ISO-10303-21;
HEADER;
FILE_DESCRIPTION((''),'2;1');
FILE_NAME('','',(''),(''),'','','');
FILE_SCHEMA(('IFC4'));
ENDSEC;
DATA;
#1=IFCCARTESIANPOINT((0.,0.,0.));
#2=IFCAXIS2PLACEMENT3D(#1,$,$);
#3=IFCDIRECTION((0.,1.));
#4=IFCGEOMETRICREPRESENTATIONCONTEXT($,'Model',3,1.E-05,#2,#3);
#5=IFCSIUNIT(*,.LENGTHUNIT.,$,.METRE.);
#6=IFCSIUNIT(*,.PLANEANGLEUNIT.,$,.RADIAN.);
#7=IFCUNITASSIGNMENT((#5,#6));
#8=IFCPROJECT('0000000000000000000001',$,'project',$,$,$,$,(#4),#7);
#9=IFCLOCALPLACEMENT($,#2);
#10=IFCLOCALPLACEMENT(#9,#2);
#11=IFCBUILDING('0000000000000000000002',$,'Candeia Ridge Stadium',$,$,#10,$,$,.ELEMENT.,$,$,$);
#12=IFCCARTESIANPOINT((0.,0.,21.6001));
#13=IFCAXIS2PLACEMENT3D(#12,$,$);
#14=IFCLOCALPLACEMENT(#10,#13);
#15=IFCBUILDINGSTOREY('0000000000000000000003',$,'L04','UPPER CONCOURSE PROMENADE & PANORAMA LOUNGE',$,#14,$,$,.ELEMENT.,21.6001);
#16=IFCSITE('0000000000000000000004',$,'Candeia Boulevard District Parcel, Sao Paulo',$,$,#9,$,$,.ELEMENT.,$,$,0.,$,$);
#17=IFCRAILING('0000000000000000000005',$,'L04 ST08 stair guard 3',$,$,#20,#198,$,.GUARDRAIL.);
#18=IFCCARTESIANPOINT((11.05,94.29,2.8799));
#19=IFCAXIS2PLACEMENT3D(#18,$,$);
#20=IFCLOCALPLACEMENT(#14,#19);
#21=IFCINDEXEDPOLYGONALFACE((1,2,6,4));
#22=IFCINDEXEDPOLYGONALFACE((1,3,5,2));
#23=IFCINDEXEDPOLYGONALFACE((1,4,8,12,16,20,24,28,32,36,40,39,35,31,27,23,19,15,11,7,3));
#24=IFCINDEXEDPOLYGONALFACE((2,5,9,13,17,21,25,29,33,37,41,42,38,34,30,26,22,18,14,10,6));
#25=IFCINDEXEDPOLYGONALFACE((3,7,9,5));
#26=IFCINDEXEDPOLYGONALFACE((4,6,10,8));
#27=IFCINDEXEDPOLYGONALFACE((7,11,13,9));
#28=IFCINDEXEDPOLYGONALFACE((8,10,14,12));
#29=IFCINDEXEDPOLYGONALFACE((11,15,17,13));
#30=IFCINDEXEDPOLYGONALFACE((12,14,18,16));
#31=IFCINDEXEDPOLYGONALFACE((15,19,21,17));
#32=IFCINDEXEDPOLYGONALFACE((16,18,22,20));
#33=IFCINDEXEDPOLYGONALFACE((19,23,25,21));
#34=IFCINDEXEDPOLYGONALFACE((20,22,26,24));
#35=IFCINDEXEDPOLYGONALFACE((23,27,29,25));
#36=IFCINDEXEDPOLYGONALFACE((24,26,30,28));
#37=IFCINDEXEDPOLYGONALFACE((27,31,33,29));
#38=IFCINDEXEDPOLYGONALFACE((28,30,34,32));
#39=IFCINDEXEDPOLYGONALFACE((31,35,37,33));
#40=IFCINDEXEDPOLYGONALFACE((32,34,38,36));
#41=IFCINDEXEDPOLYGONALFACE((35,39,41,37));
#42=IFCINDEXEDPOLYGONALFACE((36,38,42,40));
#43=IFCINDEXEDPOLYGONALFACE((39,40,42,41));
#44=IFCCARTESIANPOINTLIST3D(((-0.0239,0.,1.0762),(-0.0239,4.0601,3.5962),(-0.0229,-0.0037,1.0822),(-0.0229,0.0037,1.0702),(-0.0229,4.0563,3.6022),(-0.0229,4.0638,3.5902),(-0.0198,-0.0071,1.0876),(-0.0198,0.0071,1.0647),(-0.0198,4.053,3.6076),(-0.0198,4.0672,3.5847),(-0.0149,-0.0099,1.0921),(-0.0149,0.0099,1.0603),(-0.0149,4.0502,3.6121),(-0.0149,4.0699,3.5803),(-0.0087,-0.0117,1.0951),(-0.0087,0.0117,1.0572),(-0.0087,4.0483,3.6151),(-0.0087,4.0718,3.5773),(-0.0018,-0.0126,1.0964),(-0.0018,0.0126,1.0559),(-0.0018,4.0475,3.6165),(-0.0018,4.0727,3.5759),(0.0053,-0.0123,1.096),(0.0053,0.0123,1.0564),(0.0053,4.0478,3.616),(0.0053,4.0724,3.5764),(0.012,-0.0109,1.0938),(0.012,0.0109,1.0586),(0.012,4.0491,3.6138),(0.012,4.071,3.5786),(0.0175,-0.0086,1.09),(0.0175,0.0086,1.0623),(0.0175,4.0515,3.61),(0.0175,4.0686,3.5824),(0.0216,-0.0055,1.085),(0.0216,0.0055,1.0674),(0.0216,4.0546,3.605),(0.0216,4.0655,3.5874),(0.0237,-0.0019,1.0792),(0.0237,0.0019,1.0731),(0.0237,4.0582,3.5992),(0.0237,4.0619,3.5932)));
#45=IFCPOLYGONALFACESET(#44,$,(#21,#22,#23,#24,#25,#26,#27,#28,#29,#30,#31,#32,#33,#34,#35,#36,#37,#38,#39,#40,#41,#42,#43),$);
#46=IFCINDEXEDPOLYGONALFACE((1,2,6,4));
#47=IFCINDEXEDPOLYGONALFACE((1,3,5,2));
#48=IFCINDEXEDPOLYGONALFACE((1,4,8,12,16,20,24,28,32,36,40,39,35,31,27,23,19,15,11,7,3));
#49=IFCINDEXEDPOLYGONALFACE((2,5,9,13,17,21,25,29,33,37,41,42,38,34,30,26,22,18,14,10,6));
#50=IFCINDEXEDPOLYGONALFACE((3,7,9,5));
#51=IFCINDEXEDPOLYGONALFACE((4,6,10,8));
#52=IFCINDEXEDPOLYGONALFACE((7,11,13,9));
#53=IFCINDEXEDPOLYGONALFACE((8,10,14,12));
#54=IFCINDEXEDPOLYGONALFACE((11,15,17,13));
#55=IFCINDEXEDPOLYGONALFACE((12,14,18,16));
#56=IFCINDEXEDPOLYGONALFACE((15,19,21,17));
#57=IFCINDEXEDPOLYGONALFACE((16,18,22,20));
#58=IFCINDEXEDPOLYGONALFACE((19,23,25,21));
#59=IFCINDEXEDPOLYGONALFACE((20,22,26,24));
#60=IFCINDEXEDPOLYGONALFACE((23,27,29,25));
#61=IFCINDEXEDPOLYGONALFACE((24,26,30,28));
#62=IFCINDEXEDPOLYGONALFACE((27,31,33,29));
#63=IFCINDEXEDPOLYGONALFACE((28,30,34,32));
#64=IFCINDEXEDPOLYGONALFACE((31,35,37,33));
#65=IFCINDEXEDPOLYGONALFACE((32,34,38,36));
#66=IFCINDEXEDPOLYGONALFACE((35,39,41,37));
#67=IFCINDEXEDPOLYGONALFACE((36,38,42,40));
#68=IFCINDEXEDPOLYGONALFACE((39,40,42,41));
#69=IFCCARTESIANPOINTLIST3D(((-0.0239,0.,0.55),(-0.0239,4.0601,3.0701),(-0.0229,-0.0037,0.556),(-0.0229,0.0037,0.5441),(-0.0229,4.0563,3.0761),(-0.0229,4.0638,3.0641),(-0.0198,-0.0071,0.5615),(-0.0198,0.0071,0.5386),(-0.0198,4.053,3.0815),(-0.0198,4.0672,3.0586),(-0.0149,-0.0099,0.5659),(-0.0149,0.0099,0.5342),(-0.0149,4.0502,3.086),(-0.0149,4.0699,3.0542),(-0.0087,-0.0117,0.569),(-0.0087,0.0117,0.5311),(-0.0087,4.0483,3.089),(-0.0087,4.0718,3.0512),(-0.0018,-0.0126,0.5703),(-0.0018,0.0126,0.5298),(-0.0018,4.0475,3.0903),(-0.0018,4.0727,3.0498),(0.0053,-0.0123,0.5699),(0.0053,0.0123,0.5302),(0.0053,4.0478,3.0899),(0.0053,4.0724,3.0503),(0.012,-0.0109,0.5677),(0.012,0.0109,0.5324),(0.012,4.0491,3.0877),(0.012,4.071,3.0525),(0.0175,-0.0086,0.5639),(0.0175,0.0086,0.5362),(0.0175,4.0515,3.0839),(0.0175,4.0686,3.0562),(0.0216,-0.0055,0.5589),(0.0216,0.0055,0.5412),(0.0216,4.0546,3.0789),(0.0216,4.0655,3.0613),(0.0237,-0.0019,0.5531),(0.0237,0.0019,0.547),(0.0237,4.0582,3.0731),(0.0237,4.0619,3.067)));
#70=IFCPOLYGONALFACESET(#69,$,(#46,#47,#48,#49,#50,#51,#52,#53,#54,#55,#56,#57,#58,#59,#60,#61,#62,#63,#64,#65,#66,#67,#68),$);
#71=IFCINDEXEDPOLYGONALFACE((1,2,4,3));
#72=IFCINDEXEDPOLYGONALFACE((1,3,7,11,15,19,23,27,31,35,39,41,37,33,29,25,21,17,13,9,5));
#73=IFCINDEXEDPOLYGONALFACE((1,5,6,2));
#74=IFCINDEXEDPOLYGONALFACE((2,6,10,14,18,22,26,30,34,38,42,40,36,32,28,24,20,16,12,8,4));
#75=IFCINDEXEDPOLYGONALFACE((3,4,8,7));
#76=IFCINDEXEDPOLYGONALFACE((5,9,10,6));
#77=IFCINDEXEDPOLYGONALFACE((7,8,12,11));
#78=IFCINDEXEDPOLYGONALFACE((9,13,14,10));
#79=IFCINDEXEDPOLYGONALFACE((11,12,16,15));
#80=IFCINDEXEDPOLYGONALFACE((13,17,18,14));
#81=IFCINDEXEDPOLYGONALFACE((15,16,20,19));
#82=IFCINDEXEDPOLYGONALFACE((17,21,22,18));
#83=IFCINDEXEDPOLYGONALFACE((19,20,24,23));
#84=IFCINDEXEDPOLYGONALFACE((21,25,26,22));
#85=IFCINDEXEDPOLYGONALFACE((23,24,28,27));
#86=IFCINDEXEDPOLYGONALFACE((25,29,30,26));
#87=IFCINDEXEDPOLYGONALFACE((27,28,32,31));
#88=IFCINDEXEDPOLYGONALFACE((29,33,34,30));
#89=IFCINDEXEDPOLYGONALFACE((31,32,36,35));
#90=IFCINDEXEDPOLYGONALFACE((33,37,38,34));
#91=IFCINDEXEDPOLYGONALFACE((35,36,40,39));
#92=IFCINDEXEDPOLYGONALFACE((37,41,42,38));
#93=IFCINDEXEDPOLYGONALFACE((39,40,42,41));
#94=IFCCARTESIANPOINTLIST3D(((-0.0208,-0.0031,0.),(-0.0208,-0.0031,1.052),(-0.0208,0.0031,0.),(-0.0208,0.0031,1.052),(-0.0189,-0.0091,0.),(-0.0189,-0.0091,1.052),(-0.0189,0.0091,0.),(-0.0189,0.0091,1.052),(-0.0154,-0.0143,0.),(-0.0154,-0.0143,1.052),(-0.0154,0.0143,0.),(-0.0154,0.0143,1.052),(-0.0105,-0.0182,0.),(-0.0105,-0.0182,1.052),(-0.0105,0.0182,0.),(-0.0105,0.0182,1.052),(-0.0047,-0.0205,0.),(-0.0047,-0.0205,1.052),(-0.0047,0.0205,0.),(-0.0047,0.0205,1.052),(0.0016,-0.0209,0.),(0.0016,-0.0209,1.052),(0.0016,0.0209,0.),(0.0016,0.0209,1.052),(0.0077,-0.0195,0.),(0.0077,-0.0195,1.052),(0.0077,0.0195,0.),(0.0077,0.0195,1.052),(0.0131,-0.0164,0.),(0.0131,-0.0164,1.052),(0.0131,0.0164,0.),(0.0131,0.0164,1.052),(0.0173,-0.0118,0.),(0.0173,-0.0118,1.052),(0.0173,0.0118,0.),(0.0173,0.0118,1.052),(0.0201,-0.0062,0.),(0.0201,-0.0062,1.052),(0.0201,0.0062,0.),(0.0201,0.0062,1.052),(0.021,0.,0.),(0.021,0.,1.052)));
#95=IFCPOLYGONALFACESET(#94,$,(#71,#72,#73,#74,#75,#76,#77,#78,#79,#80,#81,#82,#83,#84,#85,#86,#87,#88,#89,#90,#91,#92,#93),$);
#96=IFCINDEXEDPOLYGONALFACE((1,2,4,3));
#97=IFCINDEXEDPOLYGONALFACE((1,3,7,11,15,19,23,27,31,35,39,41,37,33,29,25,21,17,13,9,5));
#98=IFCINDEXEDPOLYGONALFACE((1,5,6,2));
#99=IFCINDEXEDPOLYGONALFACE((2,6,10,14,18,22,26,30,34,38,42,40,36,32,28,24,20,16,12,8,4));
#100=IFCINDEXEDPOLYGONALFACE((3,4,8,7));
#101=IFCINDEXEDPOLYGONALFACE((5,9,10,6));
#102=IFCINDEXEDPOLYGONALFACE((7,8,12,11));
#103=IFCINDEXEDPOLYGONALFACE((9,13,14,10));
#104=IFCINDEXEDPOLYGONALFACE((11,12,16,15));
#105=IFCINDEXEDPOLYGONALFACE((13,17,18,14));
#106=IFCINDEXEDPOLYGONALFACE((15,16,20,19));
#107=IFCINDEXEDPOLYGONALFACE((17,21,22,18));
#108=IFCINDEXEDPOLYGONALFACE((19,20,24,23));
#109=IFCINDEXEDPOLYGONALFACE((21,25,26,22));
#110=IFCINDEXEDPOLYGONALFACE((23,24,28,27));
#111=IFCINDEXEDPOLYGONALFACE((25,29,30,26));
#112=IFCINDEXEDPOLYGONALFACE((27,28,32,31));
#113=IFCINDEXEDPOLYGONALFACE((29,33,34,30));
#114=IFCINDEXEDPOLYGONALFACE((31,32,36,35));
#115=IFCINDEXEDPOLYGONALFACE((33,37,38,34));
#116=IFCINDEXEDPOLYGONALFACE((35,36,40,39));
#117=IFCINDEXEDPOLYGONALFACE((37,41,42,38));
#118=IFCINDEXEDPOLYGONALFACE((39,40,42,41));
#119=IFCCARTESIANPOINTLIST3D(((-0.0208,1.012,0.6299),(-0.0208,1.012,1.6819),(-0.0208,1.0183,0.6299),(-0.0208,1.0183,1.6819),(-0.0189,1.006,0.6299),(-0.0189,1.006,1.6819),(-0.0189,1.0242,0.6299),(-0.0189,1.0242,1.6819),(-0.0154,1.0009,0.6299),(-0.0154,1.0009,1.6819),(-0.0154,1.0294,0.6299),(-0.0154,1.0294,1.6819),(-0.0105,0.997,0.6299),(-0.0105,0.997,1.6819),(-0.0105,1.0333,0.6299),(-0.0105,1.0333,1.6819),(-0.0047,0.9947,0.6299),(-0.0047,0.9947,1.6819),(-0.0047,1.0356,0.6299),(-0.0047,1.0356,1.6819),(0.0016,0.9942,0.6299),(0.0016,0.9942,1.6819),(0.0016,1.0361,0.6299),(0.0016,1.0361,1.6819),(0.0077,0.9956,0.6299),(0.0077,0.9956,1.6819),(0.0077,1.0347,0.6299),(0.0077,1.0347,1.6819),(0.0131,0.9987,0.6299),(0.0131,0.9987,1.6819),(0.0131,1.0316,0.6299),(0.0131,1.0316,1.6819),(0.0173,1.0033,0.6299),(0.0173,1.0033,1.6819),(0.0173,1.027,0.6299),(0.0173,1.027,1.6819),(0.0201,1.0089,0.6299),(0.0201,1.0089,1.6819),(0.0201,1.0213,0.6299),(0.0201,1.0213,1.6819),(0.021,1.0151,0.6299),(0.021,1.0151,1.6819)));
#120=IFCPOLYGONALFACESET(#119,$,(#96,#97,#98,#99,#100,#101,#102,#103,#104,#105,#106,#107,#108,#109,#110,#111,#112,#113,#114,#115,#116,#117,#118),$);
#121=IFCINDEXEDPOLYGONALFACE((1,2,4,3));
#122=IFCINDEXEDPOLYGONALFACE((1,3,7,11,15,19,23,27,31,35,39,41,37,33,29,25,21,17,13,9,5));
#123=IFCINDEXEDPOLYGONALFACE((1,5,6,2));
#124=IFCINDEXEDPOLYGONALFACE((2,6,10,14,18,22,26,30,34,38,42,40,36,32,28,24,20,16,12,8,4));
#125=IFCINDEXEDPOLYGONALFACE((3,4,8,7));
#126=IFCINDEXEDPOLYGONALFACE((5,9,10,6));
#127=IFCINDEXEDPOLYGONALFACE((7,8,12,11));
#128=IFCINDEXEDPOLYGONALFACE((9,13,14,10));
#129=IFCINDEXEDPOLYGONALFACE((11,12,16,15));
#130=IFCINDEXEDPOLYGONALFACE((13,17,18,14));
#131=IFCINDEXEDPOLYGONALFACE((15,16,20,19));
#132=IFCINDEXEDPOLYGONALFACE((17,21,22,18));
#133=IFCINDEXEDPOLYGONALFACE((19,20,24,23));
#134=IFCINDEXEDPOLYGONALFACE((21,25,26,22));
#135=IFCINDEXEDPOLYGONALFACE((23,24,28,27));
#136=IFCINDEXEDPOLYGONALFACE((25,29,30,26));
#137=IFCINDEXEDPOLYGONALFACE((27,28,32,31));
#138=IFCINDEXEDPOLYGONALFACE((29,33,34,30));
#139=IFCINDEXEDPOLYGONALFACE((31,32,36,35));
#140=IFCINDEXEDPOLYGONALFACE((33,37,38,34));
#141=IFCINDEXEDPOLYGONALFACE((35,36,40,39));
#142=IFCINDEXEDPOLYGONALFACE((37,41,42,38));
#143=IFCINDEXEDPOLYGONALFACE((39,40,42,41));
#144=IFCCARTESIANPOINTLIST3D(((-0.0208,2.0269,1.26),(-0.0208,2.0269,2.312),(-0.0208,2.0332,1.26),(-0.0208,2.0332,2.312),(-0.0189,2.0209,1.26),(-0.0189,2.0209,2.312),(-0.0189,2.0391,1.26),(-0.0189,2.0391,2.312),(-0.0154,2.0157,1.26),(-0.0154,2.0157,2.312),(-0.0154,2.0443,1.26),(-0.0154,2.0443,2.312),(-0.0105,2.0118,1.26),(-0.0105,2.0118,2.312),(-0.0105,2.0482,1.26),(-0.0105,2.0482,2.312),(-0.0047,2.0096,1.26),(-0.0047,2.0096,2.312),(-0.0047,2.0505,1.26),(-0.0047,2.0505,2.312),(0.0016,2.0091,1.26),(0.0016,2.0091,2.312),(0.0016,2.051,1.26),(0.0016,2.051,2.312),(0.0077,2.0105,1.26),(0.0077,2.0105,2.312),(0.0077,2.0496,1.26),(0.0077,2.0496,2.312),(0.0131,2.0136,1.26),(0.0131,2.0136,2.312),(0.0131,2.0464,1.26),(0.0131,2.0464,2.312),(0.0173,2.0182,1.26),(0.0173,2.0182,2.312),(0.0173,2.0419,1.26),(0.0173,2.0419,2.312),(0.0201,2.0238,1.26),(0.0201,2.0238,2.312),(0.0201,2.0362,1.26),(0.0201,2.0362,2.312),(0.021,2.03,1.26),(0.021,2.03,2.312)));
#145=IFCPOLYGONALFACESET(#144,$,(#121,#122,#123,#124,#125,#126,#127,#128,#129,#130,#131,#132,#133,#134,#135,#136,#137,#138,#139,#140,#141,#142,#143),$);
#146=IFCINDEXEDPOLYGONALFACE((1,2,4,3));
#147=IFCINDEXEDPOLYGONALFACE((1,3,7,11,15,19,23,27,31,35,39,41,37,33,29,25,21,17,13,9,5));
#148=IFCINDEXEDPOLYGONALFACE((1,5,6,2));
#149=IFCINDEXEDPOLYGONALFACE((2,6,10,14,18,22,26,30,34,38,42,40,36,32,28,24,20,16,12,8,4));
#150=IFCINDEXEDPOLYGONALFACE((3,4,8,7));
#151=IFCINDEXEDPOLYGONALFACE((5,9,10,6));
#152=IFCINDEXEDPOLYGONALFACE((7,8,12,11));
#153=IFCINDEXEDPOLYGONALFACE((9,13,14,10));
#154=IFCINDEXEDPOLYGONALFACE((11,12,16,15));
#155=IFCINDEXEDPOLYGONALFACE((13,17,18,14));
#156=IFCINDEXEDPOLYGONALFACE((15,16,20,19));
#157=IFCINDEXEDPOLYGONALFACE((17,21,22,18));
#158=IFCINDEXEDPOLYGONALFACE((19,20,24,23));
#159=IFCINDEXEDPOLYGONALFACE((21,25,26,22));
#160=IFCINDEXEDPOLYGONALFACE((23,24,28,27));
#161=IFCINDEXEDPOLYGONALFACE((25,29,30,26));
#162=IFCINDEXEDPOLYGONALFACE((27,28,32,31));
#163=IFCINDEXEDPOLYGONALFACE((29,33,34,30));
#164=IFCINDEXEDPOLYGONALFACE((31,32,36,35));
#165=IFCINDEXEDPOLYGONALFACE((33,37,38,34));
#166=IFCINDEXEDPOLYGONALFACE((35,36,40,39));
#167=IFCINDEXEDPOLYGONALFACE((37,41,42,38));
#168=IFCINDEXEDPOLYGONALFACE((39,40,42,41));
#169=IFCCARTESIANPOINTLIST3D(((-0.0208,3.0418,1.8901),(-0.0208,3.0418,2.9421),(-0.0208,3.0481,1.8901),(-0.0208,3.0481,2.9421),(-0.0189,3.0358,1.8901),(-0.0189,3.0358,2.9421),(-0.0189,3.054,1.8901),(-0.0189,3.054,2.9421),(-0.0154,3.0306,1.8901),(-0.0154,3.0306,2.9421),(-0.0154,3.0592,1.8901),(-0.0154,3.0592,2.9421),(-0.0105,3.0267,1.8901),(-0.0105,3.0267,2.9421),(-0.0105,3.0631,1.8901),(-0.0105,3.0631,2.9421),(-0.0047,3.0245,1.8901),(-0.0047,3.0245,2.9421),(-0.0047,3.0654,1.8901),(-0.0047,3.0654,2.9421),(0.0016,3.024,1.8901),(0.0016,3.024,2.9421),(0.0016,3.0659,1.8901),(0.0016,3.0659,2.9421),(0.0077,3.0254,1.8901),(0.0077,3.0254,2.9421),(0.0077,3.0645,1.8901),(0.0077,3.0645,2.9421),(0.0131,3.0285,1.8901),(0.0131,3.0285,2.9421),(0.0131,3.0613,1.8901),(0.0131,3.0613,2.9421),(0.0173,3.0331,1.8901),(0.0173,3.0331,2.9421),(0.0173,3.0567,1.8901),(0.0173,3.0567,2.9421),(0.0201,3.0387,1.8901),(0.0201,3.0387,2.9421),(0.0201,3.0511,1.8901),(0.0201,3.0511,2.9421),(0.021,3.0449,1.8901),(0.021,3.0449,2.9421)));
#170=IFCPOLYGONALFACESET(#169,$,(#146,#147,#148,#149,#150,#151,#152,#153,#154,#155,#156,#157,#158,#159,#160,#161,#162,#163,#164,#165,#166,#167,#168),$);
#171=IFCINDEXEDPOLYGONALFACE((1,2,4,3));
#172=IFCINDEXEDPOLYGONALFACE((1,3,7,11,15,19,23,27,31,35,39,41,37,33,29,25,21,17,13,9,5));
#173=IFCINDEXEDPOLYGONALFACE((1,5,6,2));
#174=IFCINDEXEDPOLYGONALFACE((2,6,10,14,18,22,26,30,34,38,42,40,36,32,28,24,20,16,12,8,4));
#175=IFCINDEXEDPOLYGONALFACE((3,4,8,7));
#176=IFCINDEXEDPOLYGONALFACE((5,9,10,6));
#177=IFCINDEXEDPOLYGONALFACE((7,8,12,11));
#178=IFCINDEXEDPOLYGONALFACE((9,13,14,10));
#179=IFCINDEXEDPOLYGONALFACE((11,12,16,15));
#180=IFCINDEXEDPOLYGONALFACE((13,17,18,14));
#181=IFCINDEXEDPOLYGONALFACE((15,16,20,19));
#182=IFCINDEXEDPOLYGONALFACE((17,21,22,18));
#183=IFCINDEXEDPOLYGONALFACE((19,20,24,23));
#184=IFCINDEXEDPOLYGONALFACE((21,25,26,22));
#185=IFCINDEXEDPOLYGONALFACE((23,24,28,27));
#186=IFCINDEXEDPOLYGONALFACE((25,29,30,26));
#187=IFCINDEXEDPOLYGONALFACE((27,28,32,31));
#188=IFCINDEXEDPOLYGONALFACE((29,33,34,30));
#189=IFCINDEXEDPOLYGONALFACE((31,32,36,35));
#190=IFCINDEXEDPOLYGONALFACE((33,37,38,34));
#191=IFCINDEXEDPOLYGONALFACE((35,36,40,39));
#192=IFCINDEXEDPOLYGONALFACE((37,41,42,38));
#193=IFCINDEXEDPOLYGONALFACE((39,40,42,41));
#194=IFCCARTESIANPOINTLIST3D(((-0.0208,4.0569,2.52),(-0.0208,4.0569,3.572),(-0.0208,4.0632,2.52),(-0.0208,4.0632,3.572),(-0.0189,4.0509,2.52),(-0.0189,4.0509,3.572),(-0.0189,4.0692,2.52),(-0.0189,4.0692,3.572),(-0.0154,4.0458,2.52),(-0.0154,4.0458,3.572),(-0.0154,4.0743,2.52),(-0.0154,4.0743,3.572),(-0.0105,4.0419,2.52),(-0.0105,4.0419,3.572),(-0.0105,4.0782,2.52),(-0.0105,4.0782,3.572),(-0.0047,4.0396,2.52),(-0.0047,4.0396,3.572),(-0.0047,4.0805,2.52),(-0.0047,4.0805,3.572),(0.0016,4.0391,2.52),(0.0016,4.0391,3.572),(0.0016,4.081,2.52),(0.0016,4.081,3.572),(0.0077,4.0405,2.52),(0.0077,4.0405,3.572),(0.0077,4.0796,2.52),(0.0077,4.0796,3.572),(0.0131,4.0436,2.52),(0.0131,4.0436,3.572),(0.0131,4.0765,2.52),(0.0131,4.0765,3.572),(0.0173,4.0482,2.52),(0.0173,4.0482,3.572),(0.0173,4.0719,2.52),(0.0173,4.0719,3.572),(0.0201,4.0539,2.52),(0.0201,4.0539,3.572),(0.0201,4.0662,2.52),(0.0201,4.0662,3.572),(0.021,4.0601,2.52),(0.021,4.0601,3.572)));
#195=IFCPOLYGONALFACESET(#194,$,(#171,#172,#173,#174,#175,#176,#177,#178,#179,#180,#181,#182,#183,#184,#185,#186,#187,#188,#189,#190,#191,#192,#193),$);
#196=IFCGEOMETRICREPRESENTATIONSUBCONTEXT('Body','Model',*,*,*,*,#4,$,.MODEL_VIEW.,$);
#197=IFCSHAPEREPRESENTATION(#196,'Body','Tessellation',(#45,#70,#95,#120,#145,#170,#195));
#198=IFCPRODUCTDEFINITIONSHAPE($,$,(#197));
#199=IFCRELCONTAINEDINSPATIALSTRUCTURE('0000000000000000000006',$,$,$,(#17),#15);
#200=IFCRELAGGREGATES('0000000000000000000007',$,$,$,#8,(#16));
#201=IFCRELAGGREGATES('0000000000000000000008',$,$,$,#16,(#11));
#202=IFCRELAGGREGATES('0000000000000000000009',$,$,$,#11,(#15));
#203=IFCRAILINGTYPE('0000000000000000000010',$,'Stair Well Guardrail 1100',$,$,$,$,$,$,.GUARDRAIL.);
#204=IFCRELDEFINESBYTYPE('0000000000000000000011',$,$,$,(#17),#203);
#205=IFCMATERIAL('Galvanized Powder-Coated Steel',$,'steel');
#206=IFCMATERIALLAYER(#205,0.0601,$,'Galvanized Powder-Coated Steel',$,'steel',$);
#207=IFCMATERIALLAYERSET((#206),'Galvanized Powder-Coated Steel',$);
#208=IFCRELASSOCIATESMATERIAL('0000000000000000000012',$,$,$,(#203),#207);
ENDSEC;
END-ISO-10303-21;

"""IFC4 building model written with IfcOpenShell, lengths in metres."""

from ifc_helpers import new_model, si_unit, direction, frame, origin, origin_2d, place, context, subcontext, project, spatial, circle, extrude, material, layer, layer_set, type_object, element, save


model = new_model("IFC4")

# Units and contexts
model_context = context("Model", 3, precision=1e-05, world=origin(), true_north=direction((0.0, 1.0)))
body_context = subcontext(model_context, "Body", "Model", "MODEL_VIEW")
ifc_project = project(units=[si_unit("LENGTHUNIT", "METRE"), si_unit("PLANEANGLEUNIT", "RADIAN")], contexts=[model_context])

# Site, building, storey
site_placement = place(None, origin())
site = spatial("IfcSite", under=ifc_project, at=site_placement, Name="Candeia Boulevard District Parcel, Sao Paulo", CompositionType="ELEMENT", RefElevation=0.0)
building_placement = place(site_placement, origin())
building = spatial("IfcBuilding", under=site, at=building_placement, Name="Candeia Ridge Stadium", CompositionType="ELEMENT")
storey_placement = place(building_placement, frame((0.0, 0.0, 21.6001)))
storey = spatial("IfcBuildingStorey", under=building, at=storey_placement, Name="L04", Description="UPPER CONCOURSE PROMENADE & PANORAMA LOUNGE", CompositionType="ELEMENT", Elevation=21.6001)

# Railing
ifc_material_1 = material(Name="Galvanized Powder-Coated Steel", Category="steel")
ifc_layer_1 = layer(ifc_material_1, 0.0601, Name="Galvanized Powder-Coated Steel", Category="steel")
ifc_layer_set_1 = layer_set([ifc_layer_1], Name="Galvanized Powder-Coated Steel")
railing_type_1 = type_object("IfcRailingType", Name="Stair Well Guardrail 1100", PredefinedType="GUARDRAIL", material=ifc_layer_set_1)
railing_1_placement = place(storey_placement, frame((11.05, 94.29, 2.8799)))
element("IfcRailing", 1, at=railing_1_placement, inside=storey, type_object=railing_type_1, Name="L04 ST08 stair guard 3", PredefinedType="GUARDRAIL", context=body_context, shape_type="SweptSolid", body=[
    extrude(circle(Radius=0.0239, at=origin_2d()), frame((0.0, 0.0, 1.0762), z_axis=(0.0, 0.849642, 0.52736), x_axis=(-1.0, 0.0, 0.0)), (0.0, 0.0, 1.0), 4.7786),
    extrude(circle(Radius=0.0239, at=origin_2d()), frame((0.0, 0.0, 0.55), z_axis=(0.0, 0.849642, 0.52736), x_axis=(-1.0, 0.0, 0.0)), (0.0, 0.0, 1.0), 4.7786),
    extrude(circle(Radius=0.021, at=origin_2d()), origin(), (0.0, 0.0, 1.0), 1.052),
    extrude(circle(Radius=0.021, at=origin_2d()), frame((0.0, 1.0151, 0.6299)), (0.0, 0.0, 1.0), 1.052),
    extrude(circle(Radius=0.021, at=origin_2d()), frame((0.0, 2.03, 1.26)), (0.0, 0.0, 1.0), 1.052),
    extrude(circle(Radius=0.021, at=origin_2d()), frame((0.0, 3.0449, 1.8901)), (0.0, 0.0, 1.0), 1.052),
    extrude(circle(Radius=0.021, at=origin_2d()), frame((0.0, 4.0601, 2.52)), (0.0, 0.0, 1.0), 1.052),
])

save(model, "model.ifc")
